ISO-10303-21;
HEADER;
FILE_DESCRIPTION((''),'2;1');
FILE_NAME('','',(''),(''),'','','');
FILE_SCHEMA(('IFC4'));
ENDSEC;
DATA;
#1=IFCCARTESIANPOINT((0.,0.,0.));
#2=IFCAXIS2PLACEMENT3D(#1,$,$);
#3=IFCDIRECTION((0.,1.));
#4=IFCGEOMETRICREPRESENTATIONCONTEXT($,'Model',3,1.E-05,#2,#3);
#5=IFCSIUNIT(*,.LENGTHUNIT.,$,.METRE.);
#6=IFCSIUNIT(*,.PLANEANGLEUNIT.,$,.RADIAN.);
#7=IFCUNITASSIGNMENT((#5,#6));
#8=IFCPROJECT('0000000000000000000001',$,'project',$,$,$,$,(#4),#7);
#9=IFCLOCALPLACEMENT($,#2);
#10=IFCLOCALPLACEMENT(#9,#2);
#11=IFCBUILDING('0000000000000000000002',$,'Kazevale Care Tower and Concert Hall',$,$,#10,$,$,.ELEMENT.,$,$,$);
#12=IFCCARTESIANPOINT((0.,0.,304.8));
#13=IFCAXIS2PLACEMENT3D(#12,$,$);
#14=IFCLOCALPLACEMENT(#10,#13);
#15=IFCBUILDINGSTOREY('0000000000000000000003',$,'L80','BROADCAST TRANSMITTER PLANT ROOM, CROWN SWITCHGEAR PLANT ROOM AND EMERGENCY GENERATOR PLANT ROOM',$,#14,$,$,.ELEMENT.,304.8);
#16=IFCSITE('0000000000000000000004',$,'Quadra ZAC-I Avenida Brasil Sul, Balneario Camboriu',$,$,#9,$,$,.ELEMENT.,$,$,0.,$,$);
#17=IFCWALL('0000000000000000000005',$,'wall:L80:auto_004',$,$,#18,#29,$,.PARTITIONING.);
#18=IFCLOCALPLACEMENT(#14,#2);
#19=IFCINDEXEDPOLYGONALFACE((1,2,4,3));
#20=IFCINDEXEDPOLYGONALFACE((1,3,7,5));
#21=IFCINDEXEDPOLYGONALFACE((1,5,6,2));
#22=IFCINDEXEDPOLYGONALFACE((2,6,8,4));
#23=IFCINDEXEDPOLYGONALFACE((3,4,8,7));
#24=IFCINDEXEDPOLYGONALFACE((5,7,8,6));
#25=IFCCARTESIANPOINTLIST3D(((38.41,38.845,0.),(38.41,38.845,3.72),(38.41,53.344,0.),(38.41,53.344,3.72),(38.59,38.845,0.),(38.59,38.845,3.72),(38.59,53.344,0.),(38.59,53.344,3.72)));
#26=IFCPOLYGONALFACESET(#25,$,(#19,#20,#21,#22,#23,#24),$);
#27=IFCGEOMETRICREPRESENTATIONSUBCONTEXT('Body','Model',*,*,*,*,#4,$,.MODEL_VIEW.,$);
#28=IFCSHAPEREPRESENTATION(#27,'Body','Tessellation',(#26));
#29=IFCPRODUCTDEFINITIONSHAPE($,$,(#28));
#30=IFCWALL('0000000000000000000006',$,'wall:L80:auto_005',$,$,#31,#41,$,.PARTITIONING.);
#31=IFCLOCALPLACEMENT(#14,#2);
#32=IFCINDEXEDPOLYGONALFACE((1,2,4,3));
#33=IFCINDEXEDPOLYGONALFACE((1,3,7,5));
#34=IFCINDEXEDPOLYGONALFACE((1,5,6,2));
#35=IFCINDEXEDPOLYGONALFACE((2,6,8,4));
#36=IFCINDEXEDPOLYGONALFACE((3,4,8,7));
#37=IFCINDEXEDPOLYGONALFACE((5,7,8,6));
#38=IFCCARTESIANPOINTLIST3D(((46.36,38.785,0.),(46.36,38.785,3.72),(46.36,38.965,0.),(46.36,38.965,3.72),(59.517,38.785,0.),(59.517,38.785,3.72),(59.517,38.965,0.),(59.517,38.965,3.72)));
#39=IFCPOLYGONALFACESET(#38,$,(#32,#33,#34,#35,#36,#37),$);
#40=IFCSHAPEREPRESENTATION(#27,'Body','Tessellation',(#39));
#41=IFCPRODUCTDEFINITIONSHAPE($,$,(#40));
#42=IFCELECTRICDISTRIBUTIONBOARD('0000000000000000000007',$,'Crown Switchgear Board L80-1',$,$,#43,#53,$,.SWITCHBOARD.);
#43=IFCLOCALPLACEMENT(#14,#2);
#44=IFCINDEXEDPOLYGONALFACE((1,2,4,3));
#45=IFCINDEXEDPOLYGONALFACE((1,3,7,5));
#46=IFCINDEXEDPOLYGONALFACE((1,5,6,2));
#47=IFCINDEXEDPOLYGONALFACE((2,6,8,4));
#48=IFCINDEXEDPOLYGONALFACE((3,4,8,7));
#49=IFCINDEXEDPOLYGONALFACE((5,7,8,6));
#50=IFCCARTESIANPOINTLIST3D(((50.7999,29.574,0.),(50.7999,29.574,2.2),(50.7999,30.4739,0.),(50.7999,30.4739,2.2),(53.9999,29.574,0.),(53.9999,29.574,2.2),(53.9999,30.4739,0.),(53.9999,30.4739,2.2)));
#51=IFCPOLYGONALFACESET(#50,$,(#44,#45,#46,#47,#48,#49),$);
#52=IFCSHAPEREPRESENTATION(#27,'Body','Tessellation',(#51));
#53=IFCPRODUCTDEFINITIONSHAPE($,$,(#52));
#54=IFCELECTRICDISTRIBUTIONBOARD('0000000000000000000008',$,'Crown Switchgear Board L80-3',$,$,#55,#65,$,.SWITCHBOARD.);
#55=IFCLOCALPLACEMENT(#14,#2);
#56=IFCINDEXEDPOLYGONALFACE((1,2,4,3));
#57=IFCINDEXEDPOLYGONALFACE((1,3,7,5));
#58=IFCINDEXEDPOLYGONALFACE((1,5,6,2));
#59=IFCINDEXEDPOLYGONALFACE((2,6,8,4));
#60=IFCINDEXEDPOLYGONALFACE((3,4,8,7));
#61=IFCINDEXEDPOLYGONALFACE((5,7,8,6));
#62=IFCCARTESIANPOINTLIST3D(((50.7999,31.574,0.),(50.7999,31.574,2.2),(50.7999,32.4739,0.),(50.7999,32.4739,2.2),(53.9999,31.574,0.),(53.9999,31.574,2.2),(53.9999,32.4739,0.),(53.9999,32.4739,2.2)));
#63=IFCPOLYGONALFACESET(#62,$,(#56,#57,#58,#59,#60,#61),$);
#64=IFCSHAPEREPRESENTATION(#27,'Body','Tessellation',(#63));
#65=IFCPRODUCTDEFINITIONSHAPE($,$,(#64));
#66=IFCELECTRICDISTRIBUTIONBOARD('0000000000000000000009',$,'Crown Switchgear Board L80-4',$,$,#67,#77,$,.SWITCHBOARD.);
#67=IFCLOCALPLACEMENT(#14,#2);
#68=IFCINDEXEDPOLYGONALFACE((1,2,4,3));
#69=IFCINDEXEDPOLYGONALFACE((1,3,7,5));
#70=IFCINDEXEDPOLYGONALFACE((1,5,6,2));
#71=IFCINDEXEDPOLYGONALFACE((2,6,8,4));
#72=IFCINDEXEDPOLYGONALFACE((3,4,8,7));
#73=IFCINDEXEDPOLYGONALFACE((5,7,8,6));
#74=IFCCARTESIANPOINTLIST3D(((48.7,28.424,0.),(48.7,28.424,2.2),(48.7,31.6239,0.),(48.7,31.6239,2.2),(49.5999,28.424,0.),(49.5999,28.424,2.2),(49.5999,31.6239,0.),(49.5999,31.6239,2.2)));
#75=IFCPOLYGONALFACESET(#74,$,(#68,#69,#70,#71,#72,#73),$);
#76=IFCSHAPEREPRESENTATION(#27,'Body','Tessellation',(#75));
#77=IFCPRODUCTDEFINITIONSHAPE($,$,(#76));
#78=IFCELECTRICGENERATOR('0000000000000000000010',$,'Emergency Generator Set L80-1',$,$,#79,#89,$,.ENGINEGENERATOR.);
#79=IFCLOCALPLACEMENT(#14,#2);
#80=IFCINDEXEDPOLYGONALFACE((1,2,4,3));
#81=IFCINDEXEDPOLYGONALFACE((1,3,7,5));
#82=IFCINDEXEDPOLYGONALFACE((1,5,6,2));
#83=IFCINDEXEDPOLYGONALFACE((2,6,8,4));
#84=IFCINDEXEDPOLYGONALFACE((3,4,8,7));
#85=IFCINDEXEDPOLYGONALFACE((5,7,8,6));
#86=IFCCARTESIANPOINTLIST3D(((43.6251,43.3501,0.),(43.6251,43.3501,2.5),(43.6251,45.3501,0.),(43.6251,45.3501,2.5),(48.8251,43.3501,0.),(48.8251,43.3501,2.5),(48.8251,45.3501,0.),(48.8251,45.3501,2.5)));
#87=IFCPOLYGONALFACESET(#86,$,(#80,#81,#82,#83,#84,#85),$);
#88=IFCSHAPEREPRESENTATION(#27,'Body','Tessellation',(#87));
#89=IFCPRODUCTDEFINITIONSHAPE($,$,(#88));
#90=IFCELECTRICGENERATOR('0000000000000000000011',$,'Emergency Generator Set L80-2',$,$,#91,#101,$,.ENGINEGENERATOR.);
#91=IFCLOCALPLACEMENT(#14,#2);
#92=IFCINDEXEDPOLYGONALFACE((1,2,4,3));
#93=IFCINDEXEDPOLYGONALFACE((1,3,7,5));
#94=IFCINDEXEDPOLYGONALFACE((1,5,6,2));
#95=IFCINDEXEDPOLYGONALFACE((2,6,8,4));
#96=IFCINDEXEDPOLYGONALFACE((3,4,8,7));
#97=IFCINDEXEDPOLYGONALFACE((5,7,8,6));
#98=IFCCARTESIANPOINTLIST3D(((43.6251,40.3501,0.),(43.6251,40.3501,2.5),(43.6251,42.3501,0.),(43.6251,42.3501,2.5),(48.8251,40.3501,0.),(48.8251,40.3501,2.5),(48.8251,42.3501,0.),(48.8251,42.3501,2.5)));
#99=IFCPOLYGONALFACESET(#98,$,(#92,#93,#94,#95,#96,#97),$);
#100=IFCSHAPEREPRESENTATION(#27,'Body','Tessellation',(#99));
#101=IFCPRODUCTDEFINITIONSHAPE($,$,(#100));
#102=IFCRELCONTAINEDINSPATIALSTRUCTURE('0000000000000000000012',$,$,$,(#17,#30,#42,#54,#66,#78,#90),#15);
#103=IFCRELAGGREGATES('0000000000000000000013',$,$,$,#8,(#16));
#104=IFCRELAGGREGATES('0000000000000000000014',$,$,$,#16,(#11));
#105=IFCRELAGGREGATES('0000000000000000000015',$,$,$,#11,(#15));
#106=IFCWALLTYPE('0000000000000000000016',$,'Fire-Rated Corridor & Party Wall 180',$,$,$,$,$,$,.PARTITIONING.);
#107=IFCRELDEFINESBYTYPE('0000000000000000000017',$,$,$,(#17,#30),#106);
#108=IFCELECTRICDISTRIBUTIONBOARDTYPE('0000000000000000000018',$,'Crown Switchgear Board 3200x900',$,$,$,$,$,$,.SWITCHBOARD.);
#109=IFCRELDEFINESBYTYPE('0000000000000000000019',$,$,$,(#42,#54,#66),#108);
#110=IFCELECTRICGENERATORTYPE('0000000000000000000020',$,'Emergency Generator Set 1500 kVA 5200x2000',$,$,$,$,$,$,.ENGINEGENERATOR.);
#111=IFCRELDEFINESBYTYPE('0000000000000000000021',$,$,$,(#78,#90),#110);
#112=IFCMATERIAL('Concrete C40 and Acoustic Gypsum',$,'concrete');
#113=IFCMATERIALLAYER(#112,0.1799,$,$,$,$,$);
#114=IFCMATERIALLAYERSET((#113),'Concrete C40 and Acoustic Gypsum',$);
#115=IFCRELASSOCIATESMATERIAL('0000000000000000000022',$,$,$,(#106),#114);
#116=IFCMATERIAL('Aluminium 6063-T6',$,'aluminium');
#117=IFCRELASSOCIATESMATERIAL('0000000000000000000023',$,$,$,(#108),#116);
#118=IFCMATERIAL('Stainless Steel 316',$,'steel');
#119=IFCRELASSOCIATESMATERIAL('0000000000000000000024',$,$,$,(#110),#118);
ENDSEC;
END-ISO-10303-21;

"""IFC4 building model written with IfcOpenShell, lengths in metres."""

from ifc_helpers import new_model, si_unit, direction, frame, frame_2d, origin, origin_2d, place, context, subcontext, project, spatial, rectangle, extrude, material, layer, layer_set, type_object, element, save


model = new_model("IFC4")

# Units and contexts
model_context = context("Model", 3, precision=1e-05, world=origin(), true_north=direction((0.0, 1.0)))
body_context = subcontext(model_context, "Body", "Model", "MODEL_VIEW")
ifc_project = project(units=[si_unit("LENGTHUNIT", "METRE"), si_unit("PLANEANGLEUNIT", "RADIAN")], contexts=[model_context])

# Site, building, storey
site_placement = place(None, origin())
site = spatial("IfcSite", under=ifc_project, at=site_placement, Name="Quadra ZAC-I Avenida Brasil Sul, Balneario Camboriu", CompositionType="ELEMENT", RefElevation=0.0)
building_placement = place(site_placement, origin())
building = spatial("IfcBuilding", under=site, at=building_placement, Name="Kazevale Care Tower and Concert Hall", CompositionType="ELEMENT")
storey_placement = place(building_placement, frame((0.0, 0.0, 304.8)))
storey = spatial("IfcBuildingStorey", under=building, at=storey_placement, Name="L80", Description="BROADCAST TRANSMITTER PLANT ROOM, CROWN SWITCHGEAR PLANT ROOM AND EMERGENCY GENERATOR PLANT ROOM", CompositionType="ELEMENT", Elevation=304.8)

# Shared definitions
ifc_material_1 = material(Name="Aluminium 6063-T6", Category="aluminium")

# Shared definitions
ifc_material_2 = material(Name="Concrete C40 and Acoustic Gypsum", Category="concrete")
ifc_layer_1 = layer(ifc_material_2, 0.1799)
ifc_layer_set_1 = layer_set([ifc_layer_1], Name="Concrete C40 and Acoustic Gypsum")
wall_type_1 = type_object("IfcWallType", Name="Fire-Rated Corridor & Party Wall 180", PredefinedType="PARTITIONING", material=ifc_layer_set_1)

# Walls
wall_1_placement = place(storey_placement, frame((38.5, 53.344, 0.0), z_axis=(0.0, 0.0, 1.0), x_axis=(0.0, -1.0, 0.0)))
element("IfcWall", 1, at=wall_1_placement, inside=storey, type_object=wall_type_1, Name="wall:L80:auto_004", PredefinedType="PARTITIONING", context=body_context, shape_type="SweptSolid", body=[
    extrude(rectangle(XDim=14.499, YDim=0.1799, at=frame_2d((7.2495, 0.0))), origin(), (0.0, 0.0, 1.0), 3.72),
])
wall_2_placement = place(storey_placement, frame((59.5171, 38.875, 0.0), z_axis=(0.0, 0.0, 1.0), x_axis=(-1.0, 0.0, 0.0)))
element("IfcWall", 2, at=wall_2_placement, inside=storey, type_object=wall_type_1, Name="wall:L80:auto_005", PredefinedType="PARTITIONING", context=body_context, shape_type="SweptSolid", body=[
    extrude(rectangle(XDim=13.157, YDim=0.1799, at=frame_2d((6.5786, 0.0))), origin(), (0.0, 0.0, 1.0), 3.72),
])

# Electric distribution boards
electric_distribution_board_type = type_object("IfcElectricDistributionBoardType", Name="Crown Switchgear Board 3200x900", PredefinedType="SWITCHBOARD", material=ifc_material_1)
for number, where, z_axis, x_axis, name in (
    (3, (52.3999, 30.0239, 0.0), (0.0, 0.0, 1.0), (1.0, 0.0, 0.0), "Crown Switchgear Board L80-1"),
    (4, (52.3999, 32.0239, 0.0), (0.0, 0.0, 1.0), (1.0, 0.0, 0.0), "Crown Switchgear Board L80-3"),
    (5, (49.1499, 30.0239, 0.0), (0.0, 0.0, 1.0), (0.0, 1.0, 0.0), "Crown Switchgear Board L80-4"),
):
    element("IfcElectricDistributionBoard", number, at=place(storey_placement, frame(where, z_axis=z_axis, x_axis=x_axis)), inside=storey, type_object=electric_distribution_board_type, Name=name, PredefinedType="SWITCHBOARD", context=body_context, shape_type="SweptSolid", body=[
        extrude(rectangle(XDim=3.2, YDim=0.8999, at=origin_2d()), origin(), (0.0, 0.0, 1.0), 2.2),
    ])

# Electric generators
ifc_material_3 = material(Name="Stainless Steel 316", Category="steel")
electric_generator_type = type_object("IfcElectricGeneratorType", Name="Emergency Generator Set 1500 kVA 5200x2000", PredefinedType="ENGINEGENERATOR", material=ifc_material_3)
for number, where, z_axis, x_axis, name in (
    (6, (46.2251, 44.3501, 0.0), (0.0, 0.0, 1.0), (1.0, 0.0, 0.0), "Emergency Generator Set L80-1"),
    (7, (46.2251, 41.3501, 0.0), (0.0, 0.0, 1.0), (1.0, 0.0, 0.0), "Emergency Generator Set L80-2"),
):
    element("IfcElectricGenerator", number, at=place(storey_placement, frame(where, z_axis=z_axis, x_axis=x_axis)), inside=storey, type_object=electric_generator_type, Name=name, PredefinedType="ENGINEGENERATOR", context=body_context, shape_type="SweptSolid", body=[
        extrude(rectangle(XDim=5.2, YDim=2.0, at=origin_2d()), origin(), (0.0, 0.0, 1.0), 2.5),
    ])

save(model, "model.ifc")
